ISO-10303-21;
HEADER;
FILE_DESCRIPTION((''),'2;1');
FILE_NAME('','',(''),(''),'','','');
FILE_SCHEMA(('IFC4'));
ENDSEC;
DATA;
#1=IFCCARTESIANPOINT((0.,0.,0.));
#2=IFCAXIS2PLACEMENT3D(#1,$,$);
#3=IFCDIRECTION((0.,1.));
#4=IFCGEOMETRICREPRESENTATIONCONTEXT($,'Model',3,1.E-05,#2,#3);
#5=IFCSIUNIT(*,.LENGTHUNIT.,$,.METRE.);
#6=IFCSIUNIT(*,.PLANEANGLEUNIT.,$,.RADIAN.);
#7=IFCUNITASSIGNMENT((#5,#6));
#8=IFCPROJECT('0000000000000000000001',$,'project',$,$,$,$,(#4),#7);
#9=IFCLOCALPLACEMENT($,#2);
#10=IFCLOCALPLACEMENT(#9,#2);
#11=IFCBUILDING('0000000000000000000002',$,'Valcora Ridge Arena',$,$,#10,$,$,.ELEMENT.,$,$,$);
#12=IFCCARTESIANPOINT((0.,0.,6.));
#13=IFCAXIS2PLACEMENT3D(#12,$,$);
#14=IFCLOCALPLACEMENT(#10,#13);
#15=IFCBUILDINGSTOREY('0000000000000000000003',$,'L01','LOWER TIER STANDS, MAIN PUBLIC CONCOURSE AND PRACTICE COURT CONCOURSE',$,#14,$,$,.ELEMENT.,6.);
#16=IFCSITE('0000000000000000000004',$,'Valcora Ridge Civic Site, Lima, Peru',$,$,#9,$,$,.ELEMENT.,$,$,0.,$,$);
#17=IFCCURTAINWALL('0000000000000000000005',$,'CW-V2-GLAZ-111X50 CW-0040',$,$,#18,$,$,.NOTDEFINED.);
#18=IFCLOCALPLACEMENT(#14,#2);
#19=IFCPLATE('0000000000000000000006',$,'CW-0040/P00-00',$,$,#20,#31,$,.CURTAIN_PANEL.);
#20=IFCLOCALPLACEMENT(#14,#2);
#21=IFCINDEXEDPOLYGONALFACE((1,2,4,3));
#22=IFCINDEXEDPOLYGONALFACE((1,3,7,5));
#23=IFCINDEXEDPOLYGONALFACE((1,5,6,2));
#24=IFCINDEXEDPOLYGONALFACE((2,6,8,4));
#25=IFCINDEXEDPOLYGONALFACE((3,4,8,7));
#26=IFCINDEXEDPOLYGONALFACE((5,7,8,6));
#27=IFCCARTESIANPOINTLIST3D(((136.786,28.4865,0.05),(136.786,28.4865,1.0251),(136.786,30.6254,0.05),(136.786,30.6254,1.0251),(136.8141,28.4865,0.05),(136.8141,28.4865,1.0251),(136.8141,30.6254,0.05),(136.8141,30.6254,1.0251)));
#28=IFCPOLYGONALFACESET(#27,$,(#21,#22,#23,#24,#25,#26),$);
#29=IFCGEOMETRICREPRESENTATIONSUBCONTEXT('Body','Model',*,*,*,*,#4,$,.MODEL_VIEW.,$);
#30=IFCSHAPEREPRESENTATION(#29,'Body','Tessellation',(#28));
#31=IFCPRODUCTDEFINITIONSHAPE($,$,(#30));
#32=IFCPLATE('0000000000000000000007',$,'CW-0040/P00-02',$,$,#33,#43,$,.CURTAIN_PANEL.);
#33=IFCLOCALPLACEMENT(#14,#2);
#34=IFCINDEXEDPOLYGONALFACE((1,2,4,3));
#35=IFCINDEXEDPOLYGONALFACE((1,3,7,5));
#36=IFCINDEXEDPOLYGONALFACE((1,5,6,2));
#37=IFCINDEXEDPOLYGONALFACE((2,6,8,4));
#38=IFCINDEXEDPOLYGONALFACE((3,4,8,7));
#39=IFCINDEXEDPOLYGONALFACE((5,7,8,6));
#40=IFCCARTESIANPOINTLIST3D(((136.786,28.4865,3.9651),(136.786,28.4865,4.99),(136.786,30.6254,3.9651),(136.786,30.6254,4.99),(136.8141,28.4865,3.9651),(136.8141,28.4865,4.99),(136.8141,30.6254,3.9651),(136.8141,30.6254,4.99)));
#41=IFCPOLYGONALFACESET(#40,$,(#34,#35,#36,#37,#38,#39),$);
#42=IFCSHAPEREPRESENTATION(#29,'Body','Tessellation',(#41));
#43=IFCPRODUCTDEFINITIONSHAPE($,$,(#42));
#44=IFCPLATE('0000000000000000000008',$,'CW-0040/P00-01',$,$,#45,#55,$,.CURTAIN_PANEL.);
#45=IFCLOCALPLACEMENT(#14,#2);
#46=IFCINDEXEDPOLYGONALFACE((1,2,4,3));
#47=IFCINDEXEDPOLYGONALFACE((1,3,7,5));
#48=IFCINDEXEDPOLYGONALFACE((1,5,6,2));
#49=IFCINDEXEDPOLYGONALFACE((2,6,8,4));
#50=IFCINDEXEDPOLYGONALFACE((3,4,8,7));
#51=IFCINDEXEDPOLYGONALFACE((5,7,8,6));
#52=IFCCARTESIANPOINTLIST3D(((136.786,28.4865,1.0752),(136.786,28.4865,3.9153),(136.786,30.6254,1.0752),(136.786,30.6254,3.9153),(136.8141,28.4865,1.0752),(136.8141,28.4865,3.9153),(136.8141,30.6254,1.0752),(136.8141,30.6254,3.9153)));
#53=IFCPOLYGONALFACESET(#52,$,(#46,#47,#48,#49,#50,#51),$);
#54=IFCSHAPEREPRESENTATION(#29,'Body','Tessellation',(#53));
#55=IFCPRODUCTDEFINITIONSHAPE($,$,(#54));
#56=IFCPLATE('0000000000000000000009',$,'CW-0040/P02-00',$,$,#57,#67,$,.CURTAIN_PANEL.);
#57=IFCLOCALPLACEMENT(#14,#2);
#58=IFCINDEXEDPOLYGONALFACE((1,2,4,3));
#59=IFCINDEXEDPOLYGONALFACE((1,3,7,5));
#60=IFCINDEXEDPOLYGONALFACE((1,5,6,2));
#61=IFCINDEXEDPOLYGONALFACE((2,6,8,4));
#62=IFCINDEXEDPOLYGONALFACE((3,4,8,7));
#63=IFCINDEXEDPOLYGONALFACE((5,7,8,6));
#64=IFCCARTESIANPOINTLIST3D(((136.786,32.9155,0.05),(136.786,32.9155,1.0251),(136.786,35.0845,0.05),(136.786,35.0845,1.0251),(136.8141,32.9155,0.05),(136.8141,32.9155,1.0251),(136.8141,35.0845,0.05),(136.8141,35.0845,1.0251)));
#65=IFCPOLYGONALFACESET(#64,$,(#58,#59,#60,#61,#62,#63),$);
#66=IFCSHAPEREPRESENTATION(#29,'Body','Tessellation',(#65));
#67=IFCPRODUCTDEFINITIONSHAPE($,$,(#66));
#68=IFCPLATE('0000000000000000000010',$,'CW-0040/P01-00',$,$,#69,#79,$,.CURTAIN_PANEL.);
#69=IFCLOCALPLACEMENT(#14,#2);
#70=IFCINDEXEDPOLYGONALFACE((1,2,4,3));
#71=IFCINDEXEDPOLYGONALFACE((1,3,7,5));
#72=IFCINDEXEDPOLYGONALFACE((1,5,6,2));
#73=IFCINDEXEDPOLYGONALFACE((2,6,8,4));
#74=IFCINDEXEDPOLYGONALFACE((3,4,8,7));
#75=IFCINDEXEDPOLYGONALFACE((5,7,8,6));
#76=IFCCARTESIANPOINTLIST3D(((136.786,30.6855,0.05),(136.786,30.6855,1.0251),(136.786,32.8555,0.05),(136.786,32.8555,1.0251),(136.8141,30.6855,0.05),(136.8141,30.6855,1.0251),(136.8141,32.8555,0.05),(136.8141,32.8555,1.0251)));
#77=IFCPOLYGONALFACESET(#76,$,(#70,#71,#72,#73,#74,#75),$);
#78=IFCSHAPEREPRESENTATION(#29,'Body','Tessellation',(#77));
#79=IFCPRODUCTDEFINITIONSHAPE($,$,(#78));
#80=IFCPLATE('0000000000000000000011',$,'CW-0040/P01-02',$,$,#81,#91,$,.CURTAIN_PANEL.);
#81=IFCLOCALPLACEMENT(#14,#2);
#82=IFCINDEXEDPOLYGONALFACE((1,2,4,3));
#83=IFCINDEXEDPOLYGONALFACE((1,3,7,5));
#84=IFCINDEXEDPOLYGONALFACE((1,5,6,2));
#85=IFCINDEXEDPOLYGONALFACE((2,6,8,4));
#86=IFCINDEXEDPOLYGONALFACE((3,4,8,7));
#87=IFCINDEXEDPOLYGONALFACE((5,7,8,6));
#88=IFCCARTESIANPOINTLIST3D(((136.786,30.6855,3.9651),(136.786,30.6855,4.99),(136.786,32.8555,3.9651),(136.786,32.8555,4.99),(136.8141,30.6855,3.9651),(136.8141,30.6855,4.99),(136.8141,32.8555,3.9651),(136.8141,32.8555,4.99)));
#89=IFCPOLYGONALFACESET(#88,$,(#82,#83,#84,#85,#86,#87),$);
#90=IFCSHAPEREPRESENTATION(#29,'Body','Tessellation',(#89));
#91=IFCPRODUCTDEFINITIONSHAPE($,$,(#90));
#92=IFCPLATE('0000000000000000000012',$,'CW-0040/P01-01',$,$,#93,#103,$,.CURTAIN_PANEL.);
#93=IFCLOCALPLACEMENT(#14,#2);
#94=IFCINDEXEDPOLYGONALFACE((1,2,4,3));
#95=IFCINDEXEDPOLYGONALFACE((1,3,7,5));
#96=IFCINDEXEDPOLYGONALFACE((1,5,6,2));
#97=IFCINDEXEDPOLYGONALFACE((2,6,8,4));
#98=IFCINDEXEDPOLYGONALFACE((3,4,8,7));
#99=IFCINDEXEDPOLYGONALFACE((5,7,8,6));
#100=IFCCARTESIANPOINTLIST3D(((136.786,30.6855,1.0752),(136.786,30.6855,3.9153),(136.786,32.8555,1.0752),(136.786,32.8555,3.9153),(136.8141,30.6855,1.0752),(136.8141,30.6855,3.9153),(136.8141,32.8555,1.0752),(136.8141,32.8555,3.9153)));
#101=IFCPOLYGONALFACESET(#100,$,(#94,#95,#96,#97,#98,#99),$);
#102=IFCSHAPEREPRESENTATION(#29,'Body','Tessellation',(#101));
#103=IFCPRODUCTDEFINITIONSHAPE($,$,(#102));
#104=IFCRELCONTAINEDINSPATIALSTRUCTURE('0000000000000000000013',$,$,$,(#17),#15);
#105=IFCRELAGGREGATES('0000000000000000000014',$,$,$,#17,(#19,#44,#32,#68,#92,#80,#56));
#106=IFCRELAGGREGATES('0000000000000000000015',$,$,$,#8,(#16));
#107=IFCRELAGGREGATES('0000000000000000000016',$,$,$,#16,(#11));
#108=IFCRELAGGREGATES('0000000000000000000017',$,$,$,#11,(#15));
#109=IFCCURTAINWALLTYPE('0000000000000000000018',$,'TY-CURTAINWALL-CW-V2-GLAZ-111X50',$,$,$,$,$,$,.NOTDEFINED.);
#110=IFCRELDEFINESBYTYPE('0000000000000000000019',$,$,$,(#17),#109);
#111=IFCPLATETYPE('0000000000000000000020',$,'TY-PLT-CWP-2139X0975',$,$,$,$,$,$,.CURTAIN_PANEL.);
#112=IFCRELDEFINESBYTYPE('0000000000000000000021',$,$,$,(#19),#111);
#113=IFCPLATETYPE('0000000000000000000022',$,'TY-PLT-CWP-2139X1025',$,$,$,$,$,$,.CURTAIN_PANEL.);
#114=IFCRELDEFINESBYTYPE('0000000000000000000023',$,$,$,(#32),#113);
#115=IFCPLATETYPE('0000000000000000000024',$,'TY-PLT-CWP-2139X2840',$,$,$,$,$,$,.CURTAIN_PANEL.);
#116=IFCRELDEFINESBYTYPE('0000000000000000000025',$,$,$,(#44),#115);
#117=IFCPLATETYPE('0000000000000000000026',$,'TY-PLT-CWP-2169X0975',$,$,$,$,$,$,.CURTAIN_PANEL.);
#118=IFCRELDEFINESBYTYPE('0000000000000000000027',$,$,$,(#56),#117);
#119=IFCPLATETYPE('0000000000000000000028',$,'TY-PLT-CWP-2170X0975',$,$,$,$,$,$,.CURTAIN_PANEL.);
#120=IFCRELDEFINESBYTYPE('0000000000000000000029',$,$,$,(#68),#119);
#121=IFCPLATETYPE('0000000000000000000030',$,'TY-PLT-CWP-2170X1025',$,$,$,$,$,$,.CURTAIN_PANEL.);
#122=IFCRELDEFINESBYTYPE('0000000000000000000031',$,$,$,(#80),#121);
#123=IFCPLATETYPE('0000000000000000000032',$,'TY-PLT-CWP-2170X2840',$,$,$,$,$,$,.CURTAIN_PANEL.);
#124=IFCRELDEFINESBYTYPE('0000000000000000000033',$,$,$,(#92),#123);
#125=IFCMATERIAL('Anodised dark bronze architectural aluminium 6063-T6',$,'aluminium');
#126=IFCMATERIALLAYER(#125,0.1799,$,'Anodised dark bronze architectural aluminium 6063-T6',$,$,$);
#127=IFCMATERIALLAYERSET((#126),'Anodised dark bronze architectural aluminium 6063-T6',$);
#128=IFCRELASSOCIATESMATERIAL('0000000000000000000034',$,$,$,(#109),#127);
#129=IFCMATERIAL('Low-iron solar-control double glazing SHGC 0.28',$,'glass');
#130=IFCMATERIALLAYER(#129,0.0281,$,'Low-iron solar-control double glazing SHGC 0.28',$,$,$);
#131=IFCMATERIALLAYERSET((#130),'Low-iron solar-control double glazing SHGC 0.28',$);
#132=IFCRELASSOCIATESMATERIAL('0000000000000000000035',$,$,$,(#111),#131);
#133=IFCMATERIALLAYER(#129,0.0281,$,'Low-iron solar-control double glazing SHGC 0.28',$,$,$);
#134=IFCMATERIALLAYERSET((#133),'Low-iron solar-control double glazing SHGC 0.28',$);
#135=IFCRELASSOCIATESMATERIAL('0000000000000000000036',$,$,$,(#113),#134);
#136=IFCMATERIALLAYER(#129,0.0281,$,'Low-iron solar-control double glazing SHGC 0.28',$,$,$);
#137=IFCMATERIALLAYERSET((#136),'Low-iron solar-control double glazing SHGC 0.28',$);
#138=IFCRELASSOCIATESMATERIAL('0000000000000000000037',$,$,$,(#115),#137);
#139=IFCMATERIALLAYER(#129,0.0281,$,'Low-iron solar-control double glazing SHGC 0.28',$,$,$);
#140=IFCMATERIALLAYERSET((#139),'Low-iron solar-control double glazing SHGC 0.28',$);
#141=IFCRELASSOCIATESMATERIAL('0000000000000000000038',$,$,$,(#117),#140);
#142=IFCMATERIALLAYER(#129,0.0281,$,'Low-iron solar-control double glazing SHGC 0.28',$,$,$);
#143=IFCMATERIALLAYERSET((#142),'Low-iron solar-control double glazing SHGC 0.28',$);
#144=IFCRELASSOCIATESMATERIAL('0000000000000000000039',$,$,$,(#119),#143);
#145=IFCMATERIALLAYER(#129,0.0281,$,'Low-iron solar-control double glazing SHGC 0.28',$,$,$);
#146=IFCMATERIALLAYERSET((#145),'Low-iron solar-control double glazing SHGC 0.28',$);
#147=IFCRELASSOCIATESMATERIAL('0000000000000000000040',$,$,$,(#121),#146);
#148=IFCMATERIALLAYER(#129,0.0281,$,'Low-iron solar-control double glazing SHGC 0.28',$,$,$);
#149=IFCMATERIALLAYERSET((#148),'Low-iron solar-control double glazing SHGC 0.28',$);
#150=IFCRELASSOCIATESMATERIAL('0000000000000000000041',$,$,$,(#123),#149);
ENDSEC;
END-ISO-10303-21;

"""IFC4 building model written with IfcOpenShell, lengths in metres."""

from ifc_helpers import new_model, si_unit, direction, frame, origin, origin_2d, place, context, subcontext, project, spatial, rectangle, extrude, material, layer, layer_set, type_object, element, aggregate, save


model = new_model("IFC4")

# Units and contexts
model_context = context("Model", 3, precision=1e-05, world=origin(), true_north=direction((0.0, 1.0)))
body_context = subcontext(model_context, "Body", "Model", "MODEL_VIEW")
ifc_project = project(units=[si_unit("LENGTHUNIT", "METRE"), si_unit("PLANEANGLEUNIT", "RADIAN")], contexts=[model_context])

# Site, building, storey
site_placement = place(None, origin())
site = spatial("IfcSite", under=ifc_project, at=site_placement, Name="Valcora Ridge Civic Site, Lima, Peru", CompositionType="ELEMENT", RefElevation=0.0)
building_placement = place(site_placement, origin())
building = spatial("IfcBuilding", under=site, at=building_placement, Name="Valcora Ridge Arena", CompositionType="ELEMENT")
storey_placement = place(building_placement, frame((0.0, 0.0, 6.0)))
storey = spatial("IfcBuildingStorey", under=building, at=storey_placement, Name="L01", Description="LOWER TIER STANDS, MAIN PUBLIC CONCOURSE AND PRACTICE COURT CONCOURSE", CompositionType="ELEMENT", Elevation=6.0)

# Curtain wall
ifc_material_1 = material(Name="Anodised dark bronze architectural aluminium 6063-T6", Category="aluminium")
ifc_layer_1 = layer(ifc_material_1, 0.1799, Name="Anodised dark bronze architectural aluminium 6063-T6")
ifc_layer_set_1 = layer_set([ifc_layer_1], Name="Anodised dark bronze architectural aluminium 6063-T6")
curtain_wall_type_1 = type_object("IfcCurtainWallType", Name="TY-CURTAINWALL-CW-V2-GLAZ-111X50", PredefinedType="NOTDEFINED", material=ifc_layer_set_1)
curtain_wall_1_placement = place(storey_placement, origin())
curtain_wall_1 = element("IfcCurtainWall", 1, at=curtain_wall_1_placement, inside=storey, type_object=curtain_wall_type_1, Name="CW-V2-GLAZ-111X50 CW-0040", PredefinedType="NOTDEFINED")

# Plates
ifc_material_2 = material(Name="Low-iron solar-control double glazing SHGC 0.28", Category="glass")
ifc_layer_2 = layer(ifc_material_2, 0.0281, Name="Low-iron solar-control double glazing SHGC 0.28")
ifc_layer_set_2 = layer_set([ifc_layer_2], Name="Low-iron solar-control double glazing SHGC 0.28")
plate_type_1 = type_object("IfcPlateType", Name="TY-PLT-CWP-2139X0975", PredefinedType="CURTAIN_PANEL", material=ifc_layer_set_2)
plate_1_placement = place(storey_placement, frame((136.8, 29.5559, 0.05), z_axis=(0.0, 0.0, 1.0), x_axis=(0.0, 1.0, 0.0)))
plate_1 = element("IfcPlate", 2, at=plate_1_placement, type_object=plate_type_1, Name="CW-0040/P00-00", PredefinedType="CURTAIN_PANEL", context=body_context, shape_type="SweptSolid", body=[
    extrude(rectangle(XDim=2.1389, YDim=0.0281, at=origin_2d()), origin(), (0.0, 0.0, 1.0), 0.9751),
])
ifc_layer_3 = layer(ifc_material_2, 0.0281, Name="Low-iron solar-control double glazing SHGC 0.28")
ifc_layer_set_3 = layer_set([ifc_layer_3], Name="Low-iron solar-control double glazing SHGC 0.28")
plate_type_2 = type_object("IfcPlateType", Name="TY-PLT-CWP-2139X1025", PredefinedType="CURTAIN_PANEL", material=ifc_layer_set_3)
plate_2_placement = place(storey_placement, frame((136.8, 29.5559, 3.9651), z_axis=(0.0, 0.0, 1.0), x_axis=(0.0, 1.0, 0.0)))
plate_2 = element("IfcPlate", 3, at=plate_2_placement, type_object=plate_type_2, Name="CW-0040/P00-02", PredefinedType="CURTAIN_PANEL", context=body_context, shape_type="SweptSolid", body=[
    extrude(rectangle(XDim=2.1389, YDim=0.0281, at=origin_2d()), origin(), (0.0, 0.0, 1.0), 1.0249),
])
ifc_layer_4 = layer(ifc_material_2, 0.0281, Name="Low-iron solar-control double glazing SHGC 0.28")
ifc_layer_set_4 = layer_set([ifc_layer_4], Name="Low-iron solar-control double glazing SHGC 0.28")
plate_type_3 = type_object("IfcPlateType", Name="TY-PLT-CWP-2139X2840", PredefinedType="CURTAIN_PANEL", material=ifc_layer_set_4)
plate_3_placement = place(storey_placement, frame((136.8, 29.5559, 1.0752), z_axis=(0.0, 0.0, 1.0), x_axis=(0.0, 1.0, 0.0)))
plate_3 = element("IfcPlate", 4, at=plate_3_placement, type_object=plate_type_3, Name="CW-0040/P00-01", PredefinedType="CURTAIN_PANEL", context=body_context, shape_type="SweptSolid", body=[
    extrude(rectangle(XDim=2.1389, YDim=0.0281, at=origin_2d()), origin(), (0.0, 0.0, 1.0), 2.8401),
])
ifc_layer_5 = layer(ifc_material_2, 0.0281, Name="Low-iron solar-control double glazing SHGC 0.28")
ifc_layer_set_5 = layer_set([ifc_layer_5], Name="Low-iron solar-control double glazing SHGC 0.28")
plate_type_4 = type_object("IfcPlateType", Name="TY-PLT-CWP-2169X0975", PredefinedType="CURTAIN_PANEL", material=ifc_layer_set_5)
plate_4_placement = place(storey_placement, frame((136.8, 34.0, 0.05), z_axis=(0.0, 0.0, 1.0), x_axis=(0.0, 1.0, 0.0)))
plate_4 = element("IfcPlate", 5, at=plate_4_placement, type_object=plate_type_4, Name="CW-0040/P02-00", PredefinedType="CURTAIN_PANEL", context=body_context, shape_type="SweptSolid", body=[
    extrude(rectangle(XDim=2.1689, YDim=0.0281, at=origin_2d()), origin(), (0.0, 0.0, 1.0), 0.9751),
])
ifc_layer_6 = layer(ifc_material_2, 0.0281, Name="Low-iron solar-control double glazing SHGC 0.28")
ifc_layer_set_6 = layer_set([ifc_layer_6], Name="Low-iron solar-control double glazing SHGC 0.28")
plate_type_5 = type_object("IfcPlateType", Name="TY-PLT-CWP-2170X0975", PredefinedType="CURTAIN_PANEL", material=ifc_layer_set_6)
plate_5_placement = place(storey_placement, frame((136.8, 31.7705, 0.05), z_axis=(0.0, 0.0, 1.0), x_axis=(0.0, 1.0, 0.0)))
plate_5 = element("IfcPlate", 6, at=plate_5_placement, type_object=plate_type_5, Name="CW-0040/P01-00", PredefinedType="CURTAIN_PANEL", context=body_context, shape_type="SweptSolid", body=[
    extrude(rectangle(XDim=2.1699, YDim=0.0281, at=origin_2d()), origin(), (0.0, 0.0, 1.0), 0.9751),
])
ifc_layer_7 = layer(ifc_material_2, 0.0281, Name="Low-iron solar-control double glazing SHGC 0.28")
ifc_layer_set_7 = layer_set([ifc_layer_7], Name="Low-iron solar-control double glazing SHGC 0.28")
plate_type_6 = type_object("IfcPlateType", Name="TY-PLT-CWP-2170X1025", PredefinedType="CURTAIN_PANEL", material=ifc_layer_set_7)
plate_6_placement = place(storey_placement, frame((136.8, 31.7705, 3.9651), z_axis=(0.0, 0.0, 1.0), x_axis=(0.0, 1.0, 0.0)))
plate_6 = element("IfcPlate", 7, at=plate_6_placement, type_object=plate_type_6, Name="CW-0040/P01-02", PredefinedType="CURTAIN_PANEL", context=body_context, shape_type="SweptSolid", body=[
    extrude(rectangle(XDim=2.1699, YDim=0.0281, at=origin_2d()), origin(), (0.0, 0.0, 1.0), 1.0249),
])
ifc_layer_8 = layer(ifc_material_2, 0.0281, Name="Low-iron solar-control double glazing SHGC 0.28")
ifc_layer_set_8 = layer_set([ifc_layer_8], Name="Low-iron solar-control double glazing SHGC 0.28")
plate_type_7 = type_object("IfcPlateType", Name="TY-PLT-CWP-2170X2840", PredefinedType="CURTAIN_PANEL", material=ifc_layer_set_8)
plate_7_placement = place(storey_placement, frame((136.8, 31.7705, 1.0752), z_axis=(0.0, 0.0, 1.0), x_axis=(0.0, 1.0, 0.0)))
plate_7 = element("IfcPlate", 8, at=plate_7_placement, type_object=plate_type_7, Name="CW-0040/P01-01", PredefinedType="CURTAIN_PANEL", context=body_context, shape_type="SweptSolid", body=[
    extrude(rectangle(XDim=2.1699, YDim=0.0281, at=origin_2d()), origin(), (0.0, 0.0, 1.0), 2.8401),
])
aggregate(curtain_wall_1, [plate_1, plate_3, plate_2, plate_5, plate_7, plate_6, plate_4])

save(model, "model.ifc")
